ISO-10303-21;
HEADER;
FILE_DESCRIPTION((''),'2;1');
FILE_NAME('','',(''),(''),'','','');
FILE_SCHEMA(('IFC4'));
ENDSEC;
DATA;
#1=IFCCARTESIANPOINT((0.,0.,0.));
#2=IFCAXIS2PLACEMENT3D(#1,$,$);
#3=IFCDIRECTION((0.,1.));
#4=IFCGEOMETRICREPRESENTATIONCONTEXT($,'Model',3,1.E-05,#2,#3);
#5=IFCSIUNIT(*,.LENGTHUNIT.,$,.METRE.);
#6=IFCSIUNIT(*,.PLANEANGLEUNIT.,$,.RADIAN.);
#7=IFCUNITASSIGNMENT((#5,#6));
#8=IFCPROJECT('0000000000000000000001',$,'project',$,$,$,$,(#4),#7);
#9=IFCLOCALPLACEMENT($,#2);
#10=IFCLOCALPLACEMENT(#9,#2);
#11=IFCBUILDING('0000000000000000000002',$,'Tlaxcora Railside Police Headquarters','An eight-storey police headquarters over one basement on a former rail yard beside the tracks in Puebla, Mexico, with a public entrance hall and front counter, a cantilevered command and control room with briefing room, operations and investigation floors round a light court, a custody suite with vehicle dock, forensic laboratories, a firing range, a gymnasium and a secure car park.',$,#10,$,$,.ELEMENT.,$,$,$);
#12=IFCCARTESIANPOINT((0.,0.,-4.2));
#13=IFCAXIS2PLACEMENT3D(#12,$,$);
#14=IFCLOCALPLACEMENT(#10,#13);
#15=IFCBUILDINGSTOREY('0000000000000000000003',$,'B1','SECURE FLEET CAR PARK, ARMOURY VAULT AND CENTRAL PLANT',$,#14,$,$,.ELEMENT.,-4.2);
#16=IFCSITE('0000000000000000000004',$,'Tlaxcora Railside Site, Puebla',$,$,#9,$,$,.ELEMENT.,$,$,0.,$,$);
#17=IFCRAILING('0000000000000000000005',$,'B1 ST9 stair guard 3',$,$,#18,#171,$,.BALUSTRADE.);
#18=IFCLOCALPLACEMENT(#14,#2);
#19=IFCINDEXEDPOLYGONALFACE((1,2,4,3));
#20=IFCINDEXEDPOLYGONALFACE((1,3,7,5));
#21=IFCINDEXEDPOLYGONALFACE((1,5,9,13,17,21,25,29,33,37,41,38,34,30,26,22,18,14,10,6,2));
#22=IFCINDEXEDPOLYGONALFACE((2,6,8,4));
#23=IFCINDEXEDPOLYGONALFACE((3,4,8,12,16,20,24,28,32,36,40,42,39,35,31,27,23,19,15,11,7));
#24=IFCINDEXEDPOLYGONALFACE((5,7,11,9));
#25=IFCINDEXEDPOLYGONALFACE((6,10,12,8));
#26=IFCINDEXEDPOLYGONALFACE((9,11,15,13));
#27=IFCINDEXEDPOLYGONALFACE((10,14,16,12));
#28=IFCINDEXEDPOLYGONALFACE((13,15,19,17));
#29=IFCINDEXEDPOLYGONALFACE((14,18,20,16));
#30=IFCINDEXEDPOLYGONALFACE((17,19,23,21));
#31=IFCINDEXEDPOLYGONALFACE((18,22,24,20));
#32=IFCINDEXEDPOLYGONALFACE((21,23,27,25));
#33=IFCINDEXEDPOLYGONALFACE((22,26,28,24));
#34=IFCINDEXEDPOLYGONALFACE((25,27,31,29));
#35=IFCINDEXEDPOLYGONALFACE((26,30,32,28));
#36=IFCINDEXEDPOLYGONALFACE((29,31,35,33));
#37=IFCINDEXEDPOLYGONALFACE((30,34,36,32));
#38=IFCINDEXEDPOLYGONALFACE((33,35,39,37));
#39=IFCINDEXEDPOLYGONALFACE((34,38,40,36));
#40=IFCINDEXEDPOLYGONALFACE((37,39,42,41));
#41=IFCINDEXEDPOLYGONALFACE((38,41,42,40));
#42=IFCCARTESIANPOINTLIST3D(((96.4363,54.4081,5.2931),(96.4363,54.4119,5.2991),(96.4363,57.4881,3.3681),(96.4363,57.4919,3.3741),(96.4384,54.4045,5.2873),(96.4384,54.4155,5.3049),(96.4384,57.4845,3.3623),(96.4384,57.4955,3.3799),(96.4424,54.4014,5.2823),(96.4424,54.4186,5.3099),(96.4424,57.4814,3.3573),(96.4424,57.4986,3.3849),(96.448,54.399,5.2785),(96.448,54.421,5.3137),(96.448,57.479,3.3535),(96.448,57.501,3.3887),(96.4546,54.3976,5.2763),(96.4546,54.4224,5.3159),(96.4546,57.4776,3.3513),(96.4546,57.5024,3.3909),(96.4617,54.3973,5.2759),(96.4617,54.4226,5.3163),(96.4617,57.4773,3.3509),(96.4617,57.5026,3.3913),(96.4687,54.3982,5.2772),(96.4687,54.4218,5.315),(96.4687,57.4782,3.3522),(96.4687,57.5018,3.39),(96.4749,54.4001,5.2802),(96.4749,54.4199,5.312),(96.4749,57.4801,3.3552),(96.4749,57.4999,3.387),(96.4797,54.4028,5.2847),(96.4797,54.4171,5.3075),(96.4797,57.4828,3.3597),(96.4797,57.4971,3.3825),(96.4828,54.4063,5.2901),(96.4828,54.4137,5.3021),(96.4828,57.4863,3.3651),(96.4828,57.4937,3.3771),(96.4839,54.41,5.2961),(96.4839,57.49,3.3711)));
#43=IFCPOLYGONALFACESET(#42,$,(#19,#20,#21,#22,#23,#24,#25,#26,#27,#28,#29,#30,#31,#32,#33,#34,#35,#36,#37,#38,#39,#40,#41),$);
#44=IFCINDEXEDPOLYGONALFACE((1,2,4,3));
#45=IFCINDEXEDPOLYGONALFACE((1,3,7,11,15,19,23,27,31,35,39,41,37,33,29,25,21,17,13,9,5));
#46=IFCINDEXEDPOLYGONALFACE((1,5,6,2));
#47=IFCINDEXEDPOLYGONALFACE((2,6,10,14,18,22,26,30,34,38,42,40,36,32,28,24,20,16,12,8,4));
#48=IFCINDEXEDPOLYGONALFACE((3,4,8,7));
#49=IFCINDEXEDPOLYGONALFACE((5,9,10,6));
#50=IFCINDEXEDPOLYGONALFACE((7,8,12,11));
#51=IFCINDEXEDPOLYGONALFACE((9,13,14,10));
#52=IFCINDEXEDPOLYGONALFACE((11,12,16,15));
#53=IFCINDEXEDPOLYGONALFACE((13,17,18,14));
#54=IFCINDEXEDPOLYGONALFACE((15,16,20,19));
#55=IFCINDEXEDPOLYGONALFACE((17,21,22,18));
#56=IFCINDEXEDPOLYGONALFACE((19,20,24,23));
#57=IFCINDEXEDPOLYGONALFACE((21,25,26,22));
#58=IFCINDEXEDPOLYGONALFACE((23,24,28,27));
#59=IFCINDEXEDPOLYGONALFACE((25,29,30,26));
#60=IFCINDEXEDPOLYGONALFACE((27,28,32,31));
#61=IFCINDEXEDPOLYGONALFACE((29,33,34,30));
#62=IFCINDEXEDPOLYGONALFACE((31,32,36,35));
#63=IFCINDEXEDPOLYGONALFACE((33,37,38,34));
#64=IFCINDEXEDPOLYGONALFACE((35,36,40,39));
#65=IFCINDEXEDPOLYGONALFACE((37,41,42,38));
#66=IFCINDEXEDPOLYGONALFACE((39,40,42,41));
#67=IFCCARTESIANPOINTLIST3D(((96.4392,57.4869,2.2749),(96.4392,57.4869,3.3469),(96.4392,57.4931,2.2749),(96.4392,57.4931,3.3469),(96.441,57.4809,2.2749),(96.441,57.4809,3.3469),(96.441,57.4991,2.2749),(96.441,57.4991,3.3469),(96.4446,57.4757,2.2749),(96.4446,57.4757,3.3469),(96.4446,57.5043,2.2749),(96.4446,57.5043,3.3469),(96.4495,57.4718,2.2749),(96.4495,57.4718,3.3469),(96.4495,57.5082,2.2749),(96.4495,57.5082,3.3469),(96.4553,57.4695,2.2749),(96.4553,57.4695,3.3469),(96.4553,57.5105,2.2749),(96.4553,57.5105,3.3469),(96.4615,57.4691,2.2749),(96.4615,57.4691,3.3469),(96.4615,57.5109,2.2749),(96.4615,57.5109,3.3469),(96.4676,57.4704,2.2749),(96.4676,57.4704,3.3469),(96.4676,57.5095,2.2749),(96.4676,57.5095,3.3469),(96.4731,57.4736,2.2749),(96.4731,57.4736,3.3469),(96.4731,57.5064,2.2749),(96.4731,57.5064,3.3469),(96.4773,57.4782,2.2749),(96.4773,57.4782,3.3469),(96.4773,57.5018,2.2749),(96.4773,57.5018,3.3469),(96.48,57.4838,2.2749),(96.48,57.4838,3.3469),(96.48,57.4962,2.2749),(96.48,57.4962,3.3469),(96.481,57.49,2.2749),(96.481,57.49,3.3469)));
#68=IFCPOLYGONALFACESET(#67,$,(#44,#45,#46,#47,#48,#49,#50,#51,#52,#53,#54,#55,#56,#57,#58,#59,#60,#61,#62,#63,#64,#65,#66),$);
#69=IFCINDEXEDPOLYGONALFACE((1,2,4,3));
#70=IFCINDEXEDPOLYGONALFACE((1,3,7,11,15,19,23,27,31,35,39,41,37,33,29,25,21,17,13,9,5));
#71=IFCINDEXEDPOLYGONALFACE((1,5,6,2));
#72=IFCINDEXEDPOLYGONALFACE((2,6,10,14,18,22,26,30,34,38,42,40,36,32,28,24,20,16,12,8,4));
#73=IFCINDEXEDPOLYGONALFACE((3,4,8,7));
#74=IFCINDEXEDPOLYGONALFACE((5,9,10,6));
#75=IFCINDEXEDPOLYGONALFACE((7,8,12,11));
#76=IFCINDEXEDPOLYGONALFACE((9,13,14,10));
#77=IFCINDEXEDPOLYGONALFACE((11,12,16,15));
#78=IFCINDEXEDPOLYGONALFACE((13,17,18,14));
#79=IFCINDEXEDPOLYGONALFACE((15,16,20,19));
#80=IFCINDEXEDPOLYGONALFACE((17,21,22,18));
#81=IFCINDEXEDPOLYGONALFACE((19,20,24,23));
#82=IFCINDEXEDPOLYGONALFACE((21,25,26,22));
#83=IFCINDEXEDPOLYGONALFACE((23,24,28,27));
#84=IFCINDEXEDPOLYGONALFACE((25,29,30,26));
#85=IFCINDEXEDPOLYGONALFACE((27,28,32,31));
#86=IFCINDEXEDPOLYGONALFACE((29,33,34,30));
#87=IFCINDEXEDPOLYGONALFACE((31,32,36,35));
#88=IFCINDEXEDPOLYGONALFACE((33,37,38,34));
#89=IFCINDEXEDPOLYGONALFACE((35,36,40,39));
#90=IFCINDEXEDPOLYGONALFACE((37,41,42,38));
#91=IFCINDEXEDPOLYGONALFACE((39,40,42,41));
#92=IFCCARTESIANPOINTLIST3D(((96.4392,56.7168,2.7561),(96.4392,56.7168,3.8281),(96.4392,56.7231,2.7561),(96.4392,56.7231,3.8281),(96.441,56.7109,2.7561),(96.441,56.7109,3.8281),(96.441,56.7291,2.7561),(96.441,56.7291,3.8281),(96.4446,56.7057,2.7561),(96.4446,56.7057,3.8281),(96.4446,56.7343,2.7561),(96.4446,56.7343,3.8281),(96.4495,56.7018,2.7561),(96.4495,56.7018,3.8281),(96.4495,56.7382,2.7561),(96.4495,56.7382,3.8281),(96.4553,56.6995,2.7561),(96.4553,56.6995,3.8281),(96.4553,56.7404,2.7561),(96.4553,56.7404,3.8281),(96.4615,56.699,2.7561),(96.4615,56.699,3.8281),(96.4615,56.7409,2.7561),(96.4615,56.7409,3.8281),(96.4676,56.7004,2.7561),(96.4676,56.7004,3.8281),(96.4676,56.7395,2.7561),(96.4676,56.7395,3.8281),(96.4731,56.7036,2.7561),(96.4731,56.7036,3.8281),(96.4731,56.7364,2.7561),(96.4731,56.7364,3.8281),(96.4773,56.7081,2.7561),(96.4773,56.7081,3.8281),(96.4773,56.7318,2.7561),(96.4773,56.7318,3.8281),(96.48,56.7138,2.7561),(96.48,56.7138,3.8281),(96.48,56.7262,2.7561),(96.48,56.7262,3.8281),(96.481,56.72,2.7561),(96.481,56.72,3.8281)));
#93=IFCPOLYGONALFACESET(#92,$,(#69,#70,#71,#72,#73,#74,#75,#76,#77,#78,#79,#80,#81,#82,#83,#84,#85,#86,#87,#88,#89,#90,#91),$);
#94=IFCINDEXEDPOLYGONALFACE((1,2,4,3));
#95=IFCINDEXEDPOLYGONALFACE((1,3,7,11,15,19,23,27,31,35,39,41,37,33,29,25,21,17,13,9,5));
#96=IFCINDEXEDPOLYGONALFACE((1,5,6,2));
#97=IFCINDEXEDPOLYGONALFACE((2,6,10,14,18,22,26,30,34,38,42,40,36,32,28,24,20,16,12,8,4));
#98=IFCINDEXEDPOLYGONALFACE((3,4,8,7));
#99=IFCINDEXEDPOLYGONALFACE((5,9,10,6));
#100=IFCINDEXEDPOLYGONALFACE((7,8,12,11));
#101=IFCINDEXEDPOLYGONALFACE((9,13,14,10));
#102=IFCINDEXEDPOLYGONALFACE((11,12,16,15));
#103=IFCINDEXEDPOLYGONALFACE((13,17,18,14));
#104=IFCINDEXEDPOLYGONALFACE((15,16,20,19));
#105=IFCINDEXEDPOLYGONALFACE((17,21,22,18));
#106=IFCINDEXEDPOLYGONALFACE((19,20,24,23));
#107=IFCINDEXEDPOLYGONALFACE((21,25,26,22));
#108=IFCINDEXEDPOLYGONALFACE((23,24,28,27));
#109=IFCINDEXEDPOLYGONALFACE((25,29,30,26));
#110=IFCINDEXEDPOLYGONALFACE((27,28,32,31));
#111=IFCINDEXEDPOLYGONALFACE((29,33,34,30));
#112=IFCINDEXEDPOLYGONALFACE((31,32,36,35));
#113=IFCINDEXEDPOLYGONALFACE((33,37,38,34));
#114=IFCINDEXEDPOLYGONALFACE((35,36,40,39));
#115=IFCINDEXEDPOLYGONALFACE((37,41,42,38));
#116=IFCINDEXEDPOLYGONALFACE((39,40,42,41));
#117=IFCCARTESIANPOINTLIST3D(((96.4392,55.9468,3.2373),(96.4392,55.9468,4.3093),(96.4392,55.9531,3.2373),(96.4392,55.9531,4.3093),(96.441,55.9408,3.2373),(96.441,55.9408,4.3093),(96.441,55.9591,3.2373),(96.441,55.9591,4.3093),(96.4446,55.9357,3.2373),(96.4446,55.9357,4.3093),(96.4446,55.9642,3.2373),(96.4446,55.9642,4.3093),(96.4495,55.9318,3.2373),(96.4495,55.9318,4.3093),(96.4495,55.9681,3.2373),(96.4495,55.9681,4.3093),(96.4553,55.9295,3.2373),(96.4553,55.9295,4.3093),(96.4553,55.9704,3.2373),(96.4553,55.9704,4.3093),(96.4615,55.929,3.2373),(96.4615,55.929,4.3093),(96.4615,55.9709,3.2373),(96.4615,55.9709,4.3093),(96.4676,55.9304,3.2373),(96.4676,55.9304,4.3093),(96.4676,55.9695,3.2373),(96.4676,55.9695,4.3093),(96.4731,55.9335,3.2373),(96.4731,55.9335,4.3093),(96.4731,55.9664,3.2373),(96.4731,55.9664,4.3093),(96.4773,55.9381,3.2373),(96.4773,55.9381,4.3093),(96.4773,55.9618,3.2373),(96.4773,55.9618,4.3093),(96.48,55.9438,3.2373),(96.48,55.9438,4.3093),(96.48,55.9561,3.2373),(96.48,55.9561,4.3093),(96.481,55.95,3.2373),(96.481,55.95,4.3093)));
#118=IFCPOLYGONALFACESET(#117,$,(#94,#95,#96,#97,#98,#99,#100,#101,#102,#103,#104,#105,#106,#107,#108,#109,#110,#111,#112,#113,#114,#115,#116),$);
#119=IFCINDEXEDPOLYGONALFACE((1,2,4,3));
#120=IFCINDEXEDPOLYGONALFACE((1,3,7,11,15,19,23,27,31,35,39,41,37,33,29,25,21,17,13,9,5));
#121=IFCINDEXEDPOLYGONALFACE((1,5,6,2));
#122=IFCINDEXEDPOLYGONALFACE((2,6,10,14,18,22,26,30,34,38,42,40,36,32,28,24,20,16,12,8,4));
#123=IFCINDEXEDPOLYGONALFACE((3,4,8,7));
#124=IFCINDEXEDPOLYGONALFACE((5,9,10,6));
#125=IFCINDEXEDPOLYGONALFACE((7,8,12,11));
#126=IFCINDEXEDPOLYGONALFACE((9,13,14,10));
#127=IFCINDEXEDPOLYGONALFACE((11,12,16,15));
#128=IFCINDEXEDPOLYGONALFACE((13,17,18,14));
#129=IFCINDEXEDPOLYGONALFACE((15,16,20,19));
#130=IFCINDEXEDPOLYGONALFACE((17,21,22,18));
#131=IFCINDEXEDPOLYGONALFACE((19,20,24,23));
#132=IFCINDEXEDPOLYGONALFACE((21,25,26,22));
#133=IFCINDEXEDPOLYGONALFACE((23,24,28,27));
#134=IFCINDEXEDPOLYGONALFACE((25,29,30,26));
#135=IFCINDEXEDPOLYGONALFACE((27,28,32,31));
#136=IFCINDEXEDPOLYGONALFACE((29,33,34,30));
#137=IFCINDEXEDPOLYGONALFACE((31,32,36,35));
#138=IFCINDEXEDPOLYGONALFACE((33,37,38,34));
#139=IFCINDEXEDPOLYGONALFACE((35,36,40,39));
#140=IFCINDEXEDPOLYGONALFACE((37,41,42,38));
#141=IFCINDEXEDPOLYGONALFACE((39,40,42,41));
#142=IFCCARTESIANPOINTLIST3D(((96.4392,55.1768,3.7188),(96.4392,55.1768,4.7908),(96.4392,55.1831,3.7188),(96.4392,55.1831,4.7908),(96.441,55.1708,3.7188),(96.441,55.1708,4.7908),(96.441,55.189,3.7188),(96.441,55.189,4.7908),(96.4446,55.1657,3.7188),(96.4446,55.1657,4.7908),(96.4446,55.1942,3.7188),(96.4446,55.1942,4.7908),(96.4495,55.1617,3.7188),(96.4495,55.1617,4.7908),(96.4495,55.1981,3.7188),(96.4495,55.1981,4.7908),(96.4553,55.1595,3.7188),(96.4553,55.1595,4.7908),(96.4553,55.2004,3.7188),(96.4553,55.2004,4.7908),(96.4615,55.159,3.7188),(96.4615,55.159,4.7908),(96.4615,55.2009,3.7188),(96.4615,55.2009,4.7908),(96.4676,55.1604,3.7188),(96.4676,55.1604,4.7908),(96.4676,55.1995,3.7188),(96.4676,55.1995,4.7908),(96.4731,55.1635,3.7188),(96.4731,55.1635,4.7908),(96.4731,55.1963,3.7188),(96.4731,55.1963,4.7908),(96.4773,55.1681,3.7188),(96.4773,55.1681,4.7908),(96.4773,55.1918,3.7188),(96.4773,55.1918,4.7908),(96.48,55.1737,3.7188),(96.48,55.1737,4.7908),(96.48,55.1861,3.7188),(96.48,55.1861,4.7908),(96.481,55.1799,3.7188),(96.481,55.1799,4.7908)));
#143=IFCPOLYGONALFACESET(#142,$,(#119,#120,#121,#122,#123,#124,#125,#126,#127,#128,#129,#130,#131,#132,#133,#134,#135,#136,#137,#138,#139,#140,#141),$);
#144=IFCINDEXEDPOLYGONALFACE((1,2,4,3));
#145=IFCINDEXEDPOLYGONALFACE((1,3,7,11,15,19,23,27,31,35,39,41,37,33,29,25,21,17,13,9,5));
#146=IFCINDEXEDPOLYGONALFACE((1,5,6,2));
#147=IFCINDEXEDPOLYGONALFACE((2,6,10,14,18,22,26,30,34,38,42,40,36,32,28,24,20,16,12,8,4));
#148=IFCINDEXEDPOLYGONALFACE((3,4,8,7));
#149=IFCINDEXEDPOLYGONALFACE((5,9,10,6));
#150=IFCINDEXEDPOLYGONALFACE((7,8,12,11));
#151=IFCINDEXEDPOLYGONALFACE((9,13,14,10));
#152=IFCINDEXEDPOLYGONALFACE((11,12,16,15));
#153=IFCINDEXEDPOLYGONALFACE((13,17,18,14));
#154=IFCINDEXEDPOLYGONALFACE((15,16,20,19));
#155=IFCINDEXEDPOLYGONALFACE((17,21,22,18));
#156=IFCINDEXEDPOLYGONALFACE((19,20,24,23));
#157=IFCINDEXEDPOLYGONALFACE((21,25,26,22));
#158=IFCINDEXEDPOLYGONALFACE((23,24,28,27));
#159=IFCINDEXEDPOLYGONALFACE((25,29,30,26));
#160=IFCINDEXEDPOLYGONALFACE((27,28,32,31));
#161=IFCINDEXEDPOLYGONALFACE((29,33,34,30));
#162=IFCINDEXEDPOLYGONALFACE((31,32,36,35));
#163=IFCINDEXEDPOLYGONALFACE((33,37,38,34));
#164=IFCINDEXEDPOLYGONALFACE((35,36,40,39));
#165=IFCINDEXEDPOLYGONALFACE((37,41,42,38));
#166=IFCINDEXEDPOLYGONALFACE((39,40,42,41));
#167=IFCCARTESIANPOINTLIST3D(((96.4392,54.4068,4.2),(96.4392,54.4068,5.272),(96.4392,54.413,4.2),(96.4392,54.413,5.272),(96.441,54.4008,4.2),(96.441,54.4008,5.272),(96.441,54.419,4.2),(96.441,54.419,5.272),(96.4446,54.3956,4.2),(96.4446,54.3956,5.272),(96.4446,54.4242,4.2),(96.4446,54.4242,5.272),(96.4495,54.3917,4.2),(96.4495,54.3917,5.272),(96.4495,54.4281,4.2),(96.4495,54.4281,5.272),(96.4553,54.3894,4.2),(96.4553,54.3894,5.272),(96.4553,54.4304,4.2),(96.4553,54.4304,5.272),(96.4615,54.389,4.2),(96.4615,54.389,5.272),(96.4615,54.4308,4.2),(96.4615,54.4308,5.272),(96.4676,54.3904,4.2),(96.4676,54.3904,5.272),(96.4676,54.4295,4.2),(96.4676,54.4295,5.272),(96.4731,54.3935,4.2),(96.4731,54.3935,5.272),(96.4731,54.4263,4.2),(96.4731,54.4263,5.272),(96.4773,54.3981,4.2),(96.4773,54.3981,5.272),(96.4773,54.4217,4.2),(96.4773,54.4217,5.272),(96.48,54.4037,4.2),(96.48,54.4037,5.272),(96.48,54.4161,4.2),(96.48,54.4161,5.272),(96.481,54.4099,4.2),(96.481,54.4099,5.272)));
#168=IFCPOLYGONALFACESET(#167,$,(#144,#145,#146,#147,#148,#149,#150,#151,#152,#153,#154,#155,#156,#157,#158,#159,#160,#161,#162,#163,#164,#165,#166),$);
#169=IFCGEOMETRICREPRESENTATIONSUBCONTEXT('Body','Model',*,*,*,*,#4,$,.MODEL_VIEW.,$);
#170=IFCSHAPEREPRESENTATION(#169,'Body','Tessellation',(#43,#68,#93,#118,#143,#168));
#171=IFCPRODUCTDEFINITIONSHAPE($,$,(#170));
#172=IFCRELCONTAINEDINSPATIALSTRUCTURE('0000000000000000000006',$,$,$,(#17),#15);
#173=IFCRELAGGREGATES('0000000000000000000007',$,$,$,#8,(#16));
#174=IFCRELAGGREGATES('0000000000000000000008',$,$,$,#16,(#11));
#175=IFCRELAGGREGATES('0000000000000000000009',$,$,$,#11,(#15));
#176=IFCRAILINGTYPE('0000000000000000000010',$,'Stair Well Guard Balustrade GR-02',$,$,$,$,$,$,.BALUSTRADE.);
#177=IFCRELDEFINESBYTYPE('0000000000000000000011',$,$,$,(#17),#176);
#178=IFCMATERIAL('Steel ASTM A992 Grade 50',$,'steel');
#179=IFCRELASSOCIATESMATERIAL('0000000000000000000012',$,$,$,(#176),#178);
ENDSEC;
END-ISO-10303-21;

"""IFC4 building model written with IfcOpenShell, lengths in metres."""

from ifc_helpers import new_model, si_unit, direction, frame, origin, origin_2d, place, context, subcontext, project, spatial, circle, extrude, material, type_object, element, save


model = new_model("IFC4")

# Units and contexts
model_context = context("Model", 3, precision=1e-05, world=origin(), true_north=direction((0.0, 1.0)))
body_context = subcontext(model_context, "Body", "Model", "MODEL_VIEW")
ifc_project = project(units=[si_unit("LENGTHUNIT", "METRE"), si_unit("PLANEANGLEUNIT", "RADIAN")], contexts=[model_context])

# Site, building, storey
site_placement = place(None, origin())
site = spatial("IfcSite", under=ifc_project, at=site_placement, Name="Tlaxcora Railside Site, Puebla", CompositionType="ELEMENT", RefElevation=0.0)
building_placement = place(site_placement, origin())
building = spatial("IfcBuilding", under=site, at=building_placement, Name="Tlaxcora Railside Police Headquarters", Description="An eight-storey police headquarters over one basement on a former rail yard beside the tracks in Puebla, Mexico, with a public entrance hall and front counter, a cantilevered command and control room with briefing room, operations and investigation floors round a light court, a custody suite with vehicle dock, forensic laboratories, a firing range, a gymnasium and a secure car park.", CompositionType="ELEMENT")
storey_placement = place(building_placement, frame((0.0, 0.0, -4.2)))
storey = spatial("IfcBuildingStorey", under=building, at=storey_placement, Name="B1", Description="SECURE FLEET CAR PARK, ARMOURY VAULT AND CENTRAL PLANT", CompositionType="ELEMENT", Elevation=-4.2)

# Shared definitions
ifc_material_1 = material(Name="Steel ASTM A992 Grade 50", Category="steel")

# Railing
railing_type_1 = type_object("IfcRailingType", Name="Stair Well Guard Balustrade GR-02", PredefinedType="BALUSTRADE", material=ifc_material_1)
railing_1_placement = place(storey_placement, frame((96.46, 57.49, 2.2749)))
element("IfcRailing", 1, at=railing_1_placement, inside=storey, type_object=railing_type_1, Name="B1 ST9 stair guard 3", PredefinedType="BALUSTRADE", context=body_context, shape_type="SweptSolid", body=[
    extrude(circle(Radius=0.0239, at=origin_2d()), frame((0.0, 0.0, 1.0962), z_axis=(0.0, -0.847998, 0.529999), x_axis=(1.0, 0.0, 0.0)), (0.0, 0.0, 1.0), 3.6321),
    extrude(circle(Radius=0.021, at=origin_2d()), origin(), (0.0, 0.0, 1.0), 1.072),
    extrude(circle(Radius=0.021, at=origin_2d()), frame((0.0, -0.77, 0.4812)), (0.0, 0.0, 1.0), 1.072),
    extrude(circle(Radius=0.021, at=origin_2d()), frame((0.0, -1.54, 0.9624)), (0.0, 0.0, 1.0), 1.072),
    extrude(circle(Radius=0.021, at=origin_2d()), frame((0.0, -2.3101, 1.4438)), (0.0, 0.0, 1.0), 1.072),
    extrude(circle(Radius=0.021, at=origin_2d()), frame((0.0, -3.0801, 1.925)), (0.0, 0.0, 1.0), 1.072),
])

save(model, "model.ifc")
